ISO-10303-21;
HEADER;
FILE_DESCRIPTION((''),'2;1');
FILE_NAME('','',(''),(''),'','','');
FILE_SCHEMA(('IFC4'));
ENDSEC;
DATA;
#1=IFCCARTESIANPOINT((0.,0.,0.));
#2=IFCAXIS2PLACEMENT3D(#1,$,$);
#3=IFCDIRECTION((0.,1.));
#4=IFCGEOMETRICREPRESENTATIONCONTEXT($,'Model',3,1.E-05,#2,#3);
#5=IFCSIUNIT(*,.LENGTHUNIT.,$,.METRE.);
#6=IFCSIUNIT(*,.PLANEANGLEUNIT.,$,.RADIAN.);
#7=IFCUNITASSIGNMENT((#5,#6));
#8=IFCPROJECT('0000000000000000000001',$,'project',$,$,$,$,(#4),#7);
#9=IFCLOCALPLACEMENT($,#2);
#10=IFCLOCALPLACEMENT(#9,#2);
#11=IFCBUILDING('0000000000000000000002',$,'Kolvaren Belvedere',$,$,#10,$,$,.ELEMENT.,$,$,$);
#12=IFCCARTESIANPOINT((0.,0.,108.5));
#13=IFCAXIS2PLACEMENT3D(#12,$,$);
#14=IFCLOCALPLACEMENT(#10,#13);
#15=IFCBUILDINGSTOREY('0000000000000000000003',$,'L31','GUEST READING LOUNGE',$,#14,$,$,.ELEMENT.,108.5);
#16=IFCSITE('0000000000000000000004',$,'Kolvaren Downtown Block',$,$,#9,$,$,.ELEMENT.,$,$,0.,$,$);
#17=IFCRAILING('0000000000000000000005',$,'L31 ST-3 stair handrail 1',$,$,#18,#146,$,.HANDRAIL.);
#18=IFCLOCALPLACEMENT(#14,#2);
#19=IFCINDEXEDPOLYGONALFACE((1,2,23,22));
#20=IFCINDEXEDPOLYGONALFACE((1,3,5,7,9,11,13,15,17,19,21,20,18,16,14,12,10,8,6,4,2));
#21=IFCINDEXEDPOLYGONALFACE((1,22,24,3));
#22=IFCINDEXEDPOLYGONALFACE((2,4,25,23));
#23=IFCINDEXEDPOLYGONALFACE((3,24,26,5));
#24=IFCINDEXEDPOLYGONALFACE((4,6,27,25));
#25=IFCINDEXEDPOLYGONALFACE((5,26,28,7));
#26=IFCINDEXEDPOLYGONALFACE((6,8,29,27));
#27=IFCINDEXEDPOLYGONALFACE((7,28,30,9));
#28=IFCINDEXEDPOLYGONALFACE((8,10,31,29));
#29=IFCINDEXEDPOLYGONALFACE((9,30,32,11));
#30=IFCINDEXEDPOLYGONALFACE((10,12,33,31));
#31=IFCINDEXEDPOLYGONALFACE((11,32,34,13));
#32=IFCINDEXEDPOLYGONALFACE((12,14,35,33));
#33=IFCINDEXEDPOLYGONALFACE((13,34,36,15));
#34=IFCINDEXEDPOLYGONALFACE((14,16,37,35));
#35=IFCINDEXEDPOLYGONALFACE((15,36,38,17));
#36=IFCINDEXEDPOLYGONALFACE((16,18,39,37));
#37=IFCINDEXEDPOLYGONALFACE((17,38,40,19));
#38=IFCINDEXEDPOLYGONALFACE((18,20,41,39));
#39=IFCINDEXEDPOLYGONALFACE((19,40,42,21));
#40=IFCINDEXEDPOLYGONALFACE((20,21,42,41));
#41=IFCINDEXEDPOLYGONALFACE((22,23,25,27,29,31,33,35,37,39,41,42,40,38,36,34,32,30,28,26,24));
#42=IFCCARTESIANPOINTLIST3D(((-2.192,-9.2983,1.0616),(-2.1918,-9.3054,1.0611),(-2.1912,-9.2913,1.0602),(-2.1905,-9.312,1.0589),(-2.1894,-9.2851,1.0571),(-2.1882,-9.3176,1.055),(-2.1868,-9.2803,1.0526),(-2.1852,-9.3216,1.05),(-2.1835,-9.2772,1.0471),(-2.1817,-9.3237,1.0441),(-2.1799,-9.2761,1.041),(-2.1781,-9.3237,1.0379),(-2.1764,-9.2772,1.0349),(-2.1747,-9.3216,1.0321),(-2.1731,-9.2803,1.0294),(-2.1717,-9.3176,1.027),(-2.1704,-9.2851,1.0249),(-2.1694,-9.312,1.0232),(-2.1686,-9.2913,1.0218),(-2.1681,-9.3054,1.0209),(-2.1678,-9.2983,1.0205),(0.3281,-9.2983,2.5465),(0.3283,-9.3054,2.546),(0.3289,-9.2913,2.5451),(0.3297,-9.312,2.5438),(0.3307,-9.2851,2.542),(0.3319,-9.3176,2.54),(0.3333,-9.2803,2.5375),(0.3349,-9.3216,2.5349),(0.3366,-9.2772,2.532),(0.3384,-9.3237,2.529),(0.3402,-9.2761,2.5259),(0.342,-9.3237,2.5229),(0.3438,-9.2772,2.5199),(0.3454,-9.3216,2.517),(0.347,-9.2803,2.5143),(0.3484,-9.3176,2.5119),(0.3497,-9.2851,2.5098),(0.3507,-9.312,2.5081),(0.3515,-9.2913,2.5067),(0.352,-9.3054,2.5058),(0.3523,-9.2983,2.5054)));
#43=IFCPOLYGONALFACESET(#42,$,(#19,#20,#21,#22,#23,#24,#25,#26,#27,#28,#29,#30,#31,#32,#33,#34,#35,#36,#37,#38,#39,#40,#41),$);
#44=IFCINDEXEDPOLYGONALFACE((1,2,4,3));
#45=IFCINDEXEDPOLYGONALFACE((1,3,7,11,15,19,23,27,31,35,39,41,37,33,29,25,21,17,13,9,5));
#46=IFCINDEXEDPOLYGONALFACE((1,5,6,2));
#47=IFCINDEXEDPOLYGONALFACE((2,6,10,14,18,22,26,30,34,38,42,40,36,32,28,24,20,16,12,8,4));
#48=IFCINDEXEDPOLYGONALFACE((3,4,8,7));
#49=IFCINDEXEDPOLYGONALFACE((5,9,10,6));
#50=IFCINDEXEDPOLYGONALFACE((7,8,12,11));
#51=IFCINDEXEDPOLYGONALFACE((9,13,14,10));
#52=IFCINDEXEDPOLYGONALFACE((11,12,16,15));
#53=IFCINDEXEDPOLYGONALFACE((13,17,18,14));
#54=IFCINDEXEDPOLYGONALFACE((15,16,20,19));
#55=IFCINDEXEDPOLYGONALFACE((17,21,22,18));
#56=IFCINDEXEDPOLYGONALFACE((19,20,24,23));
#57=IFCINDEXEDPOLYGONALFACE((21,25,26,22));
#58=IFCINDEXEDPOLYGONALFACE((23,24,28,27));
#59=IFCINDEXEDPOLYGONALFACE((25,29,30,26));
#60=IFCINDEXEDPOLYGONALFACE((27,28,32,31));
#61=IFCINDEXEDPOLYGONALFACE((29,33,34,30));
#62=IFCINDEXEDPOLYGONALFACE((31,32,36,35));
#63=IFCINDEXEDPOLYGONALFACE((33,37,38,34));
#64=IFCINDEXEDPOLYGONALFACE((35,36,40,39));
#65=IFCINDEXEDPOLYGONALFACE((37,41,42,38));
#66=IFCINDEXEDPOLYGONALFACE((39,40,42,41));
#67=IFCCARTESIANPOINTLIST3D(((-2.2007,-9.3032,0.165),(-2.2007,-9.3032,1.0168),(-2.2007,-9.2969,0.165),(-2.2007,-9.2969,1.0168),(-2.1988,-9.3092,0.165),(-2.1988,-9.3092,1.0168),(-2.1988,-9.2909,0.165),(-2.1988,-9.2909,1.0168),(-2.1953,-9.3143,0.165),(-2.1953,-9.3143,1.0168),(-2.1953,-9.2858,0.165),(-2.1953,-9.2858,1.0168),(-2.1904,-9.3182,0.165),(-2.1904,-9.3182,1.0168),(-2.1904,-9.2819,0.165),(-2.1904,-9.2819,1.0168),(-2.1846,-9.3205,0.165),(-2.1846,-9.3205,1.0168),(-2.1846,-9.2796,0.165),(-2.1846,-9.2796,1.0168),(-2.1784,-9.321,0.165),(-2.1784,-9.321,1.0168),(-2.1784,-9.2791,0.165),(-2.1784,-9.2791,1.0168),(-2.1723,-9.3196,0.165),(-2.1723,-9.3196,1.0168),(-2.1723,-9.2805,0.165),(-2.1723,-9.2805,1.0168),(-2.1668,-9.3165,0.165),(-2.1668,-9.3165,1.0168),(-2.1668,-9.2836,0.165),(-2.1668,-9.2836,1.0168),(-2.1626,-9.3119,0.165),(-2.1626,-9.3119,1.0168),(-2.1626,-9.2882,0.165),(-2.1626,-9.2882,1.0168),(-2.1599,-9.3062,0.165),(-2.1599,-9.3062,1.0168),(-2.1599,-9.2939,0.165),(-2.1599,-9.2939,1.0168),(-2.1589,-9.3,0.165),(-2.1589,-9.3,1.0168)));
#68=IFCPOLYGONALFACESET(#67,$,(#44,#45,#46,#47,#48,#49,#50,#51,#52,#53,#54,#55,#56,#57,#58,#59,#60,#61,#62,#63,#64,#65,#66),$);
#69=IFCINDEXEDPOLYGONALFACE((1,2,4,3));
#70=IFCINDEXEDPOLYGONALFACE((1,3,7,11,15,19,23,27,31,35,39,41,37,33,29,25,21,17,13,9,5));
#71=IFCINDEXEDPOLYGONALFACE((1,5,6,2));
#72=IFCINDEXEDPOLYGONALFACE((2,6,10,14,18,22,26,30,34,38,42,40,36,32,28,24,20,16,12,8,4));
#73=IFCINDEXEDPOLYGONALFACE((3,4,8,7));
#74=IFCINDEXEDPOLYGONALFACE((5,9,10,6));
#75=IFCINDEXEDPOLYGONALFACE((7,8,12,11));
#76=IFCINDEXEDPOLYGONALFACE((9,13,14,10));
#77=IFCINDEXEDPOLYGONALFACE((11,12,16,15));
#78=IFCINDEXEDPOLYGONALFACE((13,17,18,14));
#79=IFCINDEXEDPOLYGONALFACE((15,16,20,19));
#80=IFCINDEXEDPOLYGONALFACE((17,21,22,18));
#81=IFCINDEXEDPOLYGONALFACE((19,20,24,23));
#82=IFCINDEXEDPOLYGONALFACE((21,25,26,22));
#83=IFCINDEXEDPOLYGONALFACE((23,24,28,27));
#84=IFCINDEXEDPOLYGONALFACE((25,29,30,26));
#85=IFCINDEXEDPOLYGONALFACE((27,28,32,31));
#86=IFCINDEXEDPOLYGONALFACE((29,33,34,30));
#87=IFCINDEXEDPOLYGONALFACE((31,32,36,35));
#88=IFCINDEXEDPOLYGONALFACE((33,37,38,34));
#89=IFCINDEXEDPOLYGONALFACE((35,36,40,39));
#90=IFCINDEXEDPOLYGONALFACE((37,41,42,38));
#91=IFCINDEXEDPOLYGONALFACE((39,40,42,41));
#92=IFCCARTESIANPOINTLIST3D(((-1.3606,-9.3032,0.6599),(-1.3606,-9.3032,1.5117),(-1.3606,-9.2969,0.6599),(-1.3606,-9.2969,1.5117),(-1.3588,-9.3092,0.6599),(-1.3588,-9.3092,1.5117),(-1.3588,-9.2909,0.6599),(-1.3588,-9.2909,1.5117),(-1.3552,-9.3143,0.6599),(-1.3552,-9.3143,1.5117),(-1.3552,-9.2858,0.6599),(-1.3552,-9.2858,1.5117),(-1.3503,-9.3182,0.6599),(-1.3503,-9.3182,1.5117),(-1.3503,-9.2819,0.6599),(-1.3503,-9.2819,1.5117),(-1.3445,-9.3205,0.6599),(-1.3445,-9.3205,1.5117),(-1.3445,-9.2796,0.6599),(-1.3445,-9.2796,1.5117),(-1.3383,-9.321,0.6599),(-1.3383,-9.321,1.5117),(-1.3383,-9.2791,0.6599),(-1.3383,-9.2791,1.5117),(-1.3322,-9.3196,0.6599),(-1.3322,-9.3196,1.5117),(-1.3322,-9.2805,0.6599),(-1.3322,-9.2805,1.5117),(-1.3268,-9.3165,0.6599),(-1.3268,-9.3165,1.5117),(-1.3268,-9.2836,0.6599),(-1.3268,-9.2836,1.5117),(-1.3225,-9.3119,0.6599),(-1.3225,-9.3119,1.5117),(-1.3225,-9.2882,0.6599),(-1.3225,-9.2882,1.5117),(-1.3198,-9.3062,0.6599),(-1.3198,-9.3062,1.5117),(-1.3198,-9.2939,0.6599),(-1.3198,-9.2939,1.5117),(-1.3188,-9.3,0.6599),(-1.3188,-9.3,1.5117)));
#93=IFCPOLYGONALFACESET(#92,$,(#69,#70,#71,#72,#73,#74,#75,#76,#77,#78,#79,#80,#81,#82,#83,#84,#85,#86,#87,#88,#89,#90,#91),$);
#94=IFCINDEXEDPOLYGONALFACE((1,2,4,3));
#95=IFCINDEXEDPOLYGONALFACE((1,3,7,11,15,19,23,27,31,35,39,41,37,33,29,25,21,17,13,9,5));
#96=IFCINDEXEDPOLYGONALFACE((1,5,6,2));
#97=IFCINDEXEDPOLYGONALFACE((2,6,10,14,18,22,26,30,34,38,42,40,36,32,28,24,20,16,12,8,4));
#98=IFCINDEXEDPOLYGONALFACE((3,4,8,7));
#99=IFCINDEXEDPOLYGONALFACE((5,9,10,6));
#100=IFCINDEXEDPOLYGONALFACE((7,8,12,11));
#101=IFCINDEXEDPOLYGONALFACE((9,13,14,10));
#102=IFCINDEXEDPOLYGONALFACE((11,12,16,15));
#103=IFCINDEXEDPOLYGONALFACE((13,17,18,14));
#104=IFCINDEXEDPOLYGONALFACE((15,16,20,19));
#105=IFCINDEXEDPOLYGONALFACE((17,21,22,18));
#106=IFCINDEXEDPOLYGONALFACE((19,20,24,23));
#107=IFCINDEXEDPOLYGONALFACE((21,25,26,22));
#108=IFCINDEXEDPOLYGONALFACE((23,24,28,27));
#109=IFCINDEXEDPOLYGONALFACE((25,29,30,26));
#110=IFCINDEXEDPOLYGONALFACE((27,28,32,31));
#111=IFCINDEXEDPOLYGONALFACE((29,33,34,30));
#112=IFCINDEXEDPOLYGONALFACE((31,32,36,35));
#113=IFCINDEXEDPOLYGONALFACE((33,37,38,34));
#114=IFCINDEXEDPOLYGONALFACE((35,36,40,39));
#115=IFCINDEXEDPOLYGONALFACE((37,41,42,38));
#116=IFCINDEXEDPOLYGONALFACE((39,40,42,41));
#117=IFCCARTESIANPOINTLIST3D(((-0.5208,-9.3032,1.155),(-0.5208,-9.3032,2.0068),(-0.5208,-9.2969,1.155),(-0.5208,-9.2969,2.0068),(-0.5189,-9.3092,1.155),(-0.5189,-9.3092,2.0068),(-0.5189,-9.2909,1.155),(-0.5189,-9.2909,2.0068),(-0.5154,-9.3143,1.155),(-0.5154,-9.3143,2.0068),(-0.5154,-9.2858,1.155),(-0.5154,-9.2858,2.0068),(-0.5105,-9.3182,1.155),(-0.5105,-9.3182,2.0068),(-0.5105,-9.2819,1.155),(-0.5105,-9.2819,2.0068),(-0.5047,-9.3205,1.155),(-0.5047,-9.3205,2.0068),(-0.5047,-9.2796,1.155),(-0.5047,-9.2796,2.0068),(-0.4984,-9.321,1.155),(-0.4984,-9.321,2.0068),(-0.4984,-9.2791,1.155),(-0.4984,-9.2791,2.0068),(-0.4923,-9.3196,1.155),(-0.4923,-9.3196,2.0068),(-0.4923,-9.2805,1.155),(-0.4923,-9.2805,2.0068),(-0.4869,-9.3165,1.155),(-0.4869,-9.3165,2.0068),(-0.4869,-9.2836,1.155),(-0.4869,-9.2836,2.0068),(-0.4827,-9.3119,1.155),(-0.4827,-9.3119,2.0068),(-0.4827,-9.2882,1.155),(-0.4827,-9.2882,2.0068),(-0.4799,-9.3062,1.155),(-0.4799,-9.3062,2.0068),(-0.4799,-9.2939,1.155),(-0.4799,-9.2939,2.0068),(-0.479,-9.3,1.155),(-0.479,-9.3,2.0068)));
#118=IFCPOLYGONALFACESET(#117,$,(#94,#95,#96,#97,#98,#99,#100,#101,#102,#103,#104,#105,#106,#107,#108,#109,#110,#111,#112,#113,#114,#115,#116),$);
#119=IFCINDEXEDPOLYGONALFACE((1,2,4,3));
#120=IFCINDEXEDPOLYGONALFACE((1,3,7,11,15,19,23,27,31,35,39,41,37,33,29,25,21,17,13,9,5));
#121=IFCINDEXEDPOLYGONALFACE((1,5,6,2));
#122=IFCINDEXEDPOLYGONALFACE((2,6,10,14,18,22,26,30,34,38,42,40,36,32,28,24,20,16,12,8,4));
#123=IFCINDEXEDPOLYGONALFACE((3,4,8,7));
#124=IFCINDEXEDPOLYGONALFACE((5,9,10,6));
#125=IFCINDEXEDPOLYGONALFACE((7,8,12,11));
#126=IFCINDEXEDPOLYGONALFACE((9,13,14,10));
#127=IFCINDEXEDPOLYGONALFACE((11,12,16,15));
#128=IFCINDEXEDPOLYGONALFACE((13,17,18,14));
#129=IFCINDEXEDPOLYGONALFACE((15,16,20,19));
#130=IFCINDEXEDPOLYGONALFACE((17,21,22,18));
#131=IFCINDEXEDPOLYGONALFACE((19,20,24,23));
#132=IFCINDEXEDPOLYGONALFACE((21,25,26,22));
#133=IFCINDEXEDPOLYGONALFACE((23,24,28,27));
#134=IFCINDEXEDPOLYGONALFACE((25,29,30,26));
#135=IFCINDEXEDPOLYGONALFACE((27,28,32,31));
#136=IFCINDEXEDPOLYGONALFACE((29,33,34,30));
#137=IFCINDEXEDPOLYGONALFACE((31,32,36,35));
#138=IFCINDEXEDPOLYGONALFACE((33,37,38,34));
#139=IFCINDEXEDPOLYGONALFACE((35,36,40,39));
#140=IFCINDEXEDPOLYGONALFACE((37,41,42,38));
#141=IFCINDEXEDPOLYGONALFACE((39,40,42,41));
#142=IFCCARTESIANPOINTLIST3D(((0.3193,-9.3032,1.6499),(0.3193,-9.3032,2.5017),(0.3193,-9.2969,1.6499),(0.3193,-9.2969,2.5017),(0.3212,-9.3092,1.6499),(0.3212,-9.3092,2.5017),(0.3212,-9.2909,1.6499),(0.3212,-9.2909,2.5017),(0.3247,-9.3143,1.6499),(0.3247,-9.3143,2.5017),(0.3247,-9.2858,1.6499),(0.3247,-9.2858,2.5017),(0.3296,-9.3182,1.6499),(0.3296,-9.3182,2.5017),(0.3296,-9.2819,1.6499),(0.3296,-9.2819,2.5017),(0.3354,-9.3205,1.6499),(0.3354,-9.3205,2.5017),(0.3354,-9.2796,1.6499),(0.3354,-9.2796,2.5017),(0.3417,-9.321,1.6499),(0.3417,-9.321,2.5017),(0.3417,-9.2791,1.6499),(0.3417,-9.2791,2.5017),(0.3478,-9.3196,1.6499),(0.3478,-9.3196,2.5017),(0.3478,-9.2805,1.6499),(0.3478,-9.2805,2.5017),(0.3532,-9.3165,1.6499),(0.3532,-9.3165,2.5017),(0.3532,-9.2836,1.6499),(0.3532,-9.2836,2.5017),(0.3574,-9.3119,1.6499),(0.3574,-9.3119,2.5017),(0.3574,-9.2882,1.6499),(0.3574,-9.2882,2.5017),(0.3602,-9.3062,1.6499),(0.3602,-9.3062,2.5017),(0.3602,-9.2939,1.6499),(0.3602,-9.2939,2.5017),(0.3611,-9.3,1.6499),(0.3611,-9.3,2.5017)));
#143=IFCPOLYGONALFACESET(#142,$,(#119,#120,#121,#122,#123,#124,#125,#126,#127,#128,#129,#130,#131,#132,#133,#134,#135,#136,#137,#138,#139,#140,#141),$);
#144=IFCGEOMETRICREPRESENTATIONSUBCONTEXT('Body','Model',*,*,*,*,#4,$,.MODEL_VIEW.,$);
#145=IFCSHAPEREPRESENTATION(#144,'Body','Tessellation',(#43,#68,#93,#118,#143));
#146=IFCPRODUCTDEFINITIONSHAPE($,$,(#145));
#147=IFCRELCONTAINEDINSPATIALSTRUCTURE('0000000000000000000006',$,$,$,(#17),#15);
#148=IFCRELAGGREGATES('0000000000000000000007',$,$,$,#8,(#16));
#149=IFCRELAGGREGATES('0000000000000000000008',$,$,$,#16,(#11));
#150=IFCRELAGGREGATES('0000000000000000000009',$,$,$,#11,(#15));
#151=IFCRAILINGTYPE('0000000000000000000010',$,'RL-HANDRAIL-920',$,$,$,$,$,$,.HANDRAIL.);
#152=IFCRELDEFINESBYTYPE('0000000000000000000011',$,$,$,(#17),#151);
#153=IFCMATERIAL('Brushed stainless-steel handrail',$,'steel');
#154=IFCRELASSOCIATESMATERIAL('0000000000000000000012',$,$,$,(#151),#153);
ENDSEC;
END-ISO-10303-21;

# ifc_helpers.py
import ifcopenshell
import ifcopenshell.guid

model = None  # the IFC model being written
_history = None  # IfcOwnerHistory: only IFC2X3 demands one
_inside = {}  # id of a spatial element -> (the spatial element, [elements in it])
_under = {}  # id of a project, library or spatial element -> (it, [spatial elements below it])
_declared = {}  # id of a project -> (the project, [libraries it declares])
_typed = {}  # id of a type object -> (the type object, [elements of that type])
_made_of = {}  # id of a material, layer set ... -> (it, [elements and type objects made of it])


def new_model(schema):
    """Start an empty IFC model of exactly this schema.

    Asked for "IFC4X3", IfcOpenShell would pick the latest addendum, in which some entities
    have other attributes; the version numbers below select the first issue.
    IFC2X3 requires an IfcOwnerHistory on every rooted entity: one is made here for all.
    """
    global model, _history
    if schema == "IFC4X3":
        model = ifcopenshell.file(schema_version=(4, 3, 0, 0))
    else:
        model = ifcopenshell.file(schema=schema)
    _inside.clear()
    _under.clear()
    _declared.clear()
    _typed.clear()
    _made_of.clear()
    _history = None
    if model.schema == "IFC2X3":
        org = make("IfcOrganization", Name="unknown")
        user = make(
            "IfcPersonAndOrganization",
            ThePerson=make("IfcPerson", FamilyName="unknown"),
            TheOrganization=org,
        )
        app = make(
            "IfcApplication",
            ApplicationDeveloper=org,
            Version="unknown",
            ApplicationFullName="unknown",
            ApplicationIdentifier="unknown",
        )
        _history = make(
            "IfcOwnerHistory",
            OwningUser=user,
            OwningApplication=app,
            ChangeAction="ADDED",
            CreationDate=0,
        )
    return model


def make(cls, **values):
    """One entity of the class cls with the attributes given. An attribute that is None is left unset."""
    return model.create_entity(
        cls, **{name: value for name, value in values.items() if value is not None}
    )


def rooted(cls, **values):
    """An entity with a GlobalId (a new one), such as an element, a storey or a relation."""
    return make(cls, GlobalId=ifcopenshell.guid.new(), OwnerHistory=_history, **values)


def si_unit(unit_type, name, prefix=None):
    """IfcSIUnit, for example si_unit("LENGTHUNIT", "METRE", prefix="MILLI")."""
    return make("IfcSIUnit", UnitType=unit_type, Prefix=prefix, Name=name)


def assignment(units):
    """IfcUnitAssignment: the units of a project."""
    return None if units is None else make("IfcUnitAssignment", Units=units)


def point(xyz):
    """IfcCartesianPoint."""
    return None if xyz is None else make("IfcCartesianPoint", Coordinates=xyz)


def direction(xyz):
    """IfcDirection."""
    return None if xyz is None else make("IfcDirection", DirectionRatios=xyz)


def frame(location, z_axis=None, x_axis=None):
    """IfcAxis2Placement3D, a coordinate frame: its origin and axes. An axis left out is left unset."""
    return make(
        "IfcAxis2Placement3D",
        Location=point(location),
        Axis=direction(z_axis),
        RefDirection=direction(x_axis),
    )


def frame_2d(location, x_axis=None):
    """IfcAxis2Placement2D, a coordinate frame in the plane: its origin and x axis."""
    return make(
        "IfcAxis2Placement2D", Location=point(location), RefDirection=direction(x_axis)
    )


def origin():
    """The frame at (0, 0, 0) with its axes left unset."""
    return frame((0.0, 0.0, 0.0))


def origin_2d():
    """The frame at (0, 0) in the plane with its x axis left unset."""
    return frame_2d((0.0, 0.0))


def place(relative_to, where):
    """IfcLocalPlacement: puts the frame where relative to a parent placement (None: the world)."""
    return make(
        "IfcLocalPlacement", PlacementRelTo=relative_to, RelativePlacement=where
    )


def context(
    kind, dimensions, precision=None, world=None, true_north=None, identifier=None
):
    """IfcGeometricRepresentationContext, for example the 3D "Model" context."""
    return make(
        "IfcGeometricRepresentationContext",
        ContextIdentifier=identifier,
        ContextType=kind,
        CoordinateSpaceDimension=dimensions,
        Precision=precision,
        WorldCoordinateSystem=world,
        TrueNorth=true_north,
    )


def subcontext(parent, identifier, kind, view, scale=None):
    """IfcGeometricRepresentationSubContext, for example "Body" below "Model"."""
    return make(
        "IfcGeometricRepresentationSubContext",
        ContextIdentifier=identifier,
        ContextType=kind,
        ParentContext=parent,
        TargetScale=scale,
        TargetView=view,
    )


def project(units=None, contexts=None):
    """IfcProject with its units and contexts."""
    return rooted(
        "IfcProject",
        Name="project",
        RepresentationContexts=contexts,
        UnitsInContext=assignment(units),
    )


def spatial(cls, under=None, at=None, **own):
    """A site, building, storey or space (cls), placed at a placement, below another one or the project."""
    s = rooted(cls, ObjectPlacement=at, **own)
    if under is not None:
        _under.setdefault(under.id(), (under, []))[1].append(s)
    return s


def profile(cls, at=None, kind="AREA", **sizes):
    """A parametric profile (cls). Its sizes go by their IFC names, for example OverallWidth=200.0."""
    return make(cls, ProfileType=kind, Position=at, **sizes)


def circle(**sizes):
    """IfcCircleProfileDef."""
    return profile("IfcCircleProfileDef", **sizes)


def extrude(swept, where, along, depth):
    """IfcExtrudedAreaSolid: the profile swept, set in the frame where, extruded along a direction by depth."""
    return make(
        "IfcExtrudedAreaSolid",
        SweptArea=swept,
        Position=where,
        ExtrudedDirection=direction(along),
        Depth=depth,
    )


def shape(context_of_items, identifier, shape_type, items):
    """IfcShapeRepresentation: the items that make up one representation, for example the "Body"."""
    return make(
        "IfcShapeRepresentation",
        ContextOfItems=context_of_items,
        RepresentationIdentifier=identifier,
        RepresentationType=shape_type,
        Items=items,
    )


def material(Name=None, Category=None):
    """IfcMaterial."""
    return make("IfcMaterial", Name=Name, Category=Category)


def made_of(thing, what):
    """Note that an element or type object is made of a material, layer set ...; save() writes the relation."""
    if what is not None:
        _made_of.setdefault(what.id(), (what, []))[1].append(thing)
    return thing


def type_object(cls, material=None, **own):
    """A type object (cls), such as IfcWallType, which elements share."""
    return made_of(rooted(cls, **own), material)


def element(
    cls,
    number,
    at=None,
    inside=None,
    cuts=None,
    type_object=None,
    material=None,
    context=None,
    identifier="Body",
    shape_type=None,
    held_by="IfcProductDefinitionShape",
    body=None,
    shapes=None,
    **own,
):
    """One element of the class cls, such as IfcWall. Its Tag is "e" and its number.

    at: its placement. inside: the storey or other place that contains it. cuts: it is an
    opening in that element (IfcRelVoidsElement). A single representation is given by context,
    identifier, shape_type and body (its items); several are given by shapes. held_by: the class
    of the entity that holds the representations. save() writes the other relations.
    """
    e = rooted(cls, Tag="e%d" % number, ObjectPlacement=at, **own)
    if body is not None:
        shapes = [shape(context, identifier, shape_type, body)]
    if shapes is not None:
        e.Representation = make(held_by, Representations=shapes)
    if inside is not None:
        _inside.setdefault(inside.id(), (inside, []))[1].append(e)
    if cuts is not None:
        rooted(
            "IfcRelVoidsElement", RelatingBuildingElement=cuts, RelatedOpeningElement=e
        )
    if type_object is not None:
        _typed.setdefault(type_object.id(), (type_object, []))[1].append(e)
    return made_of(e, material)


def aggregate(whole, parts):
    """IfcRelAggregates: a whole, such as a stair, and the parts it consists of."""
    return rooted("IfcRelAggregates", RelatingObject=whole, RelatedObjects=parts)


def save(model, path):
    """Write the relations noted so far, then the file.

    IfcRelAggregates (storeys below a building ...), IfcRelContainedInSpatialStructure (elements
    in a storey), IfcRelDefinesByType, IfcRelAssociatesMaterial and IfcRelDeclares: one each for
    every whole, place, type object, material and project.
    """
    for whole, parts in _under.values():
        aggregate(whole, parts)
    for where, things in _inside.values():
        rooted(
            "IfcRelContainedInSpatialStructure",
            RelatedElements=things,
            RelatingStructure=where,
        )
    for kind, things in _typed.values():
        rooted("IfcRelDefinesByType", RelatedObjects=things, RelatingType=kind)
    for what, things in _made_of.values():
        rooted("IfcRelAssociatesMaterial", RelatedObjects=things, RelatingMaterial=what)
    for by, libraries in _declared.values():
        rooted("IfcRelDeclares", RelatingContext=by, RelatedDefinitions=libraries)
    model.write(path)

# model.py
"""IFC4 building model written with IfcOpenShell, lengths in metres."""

from ifc_helpers import new_model, si_unit, direction, frame, origin, origin_2d, place, context, subcontext, project, spatial, circle, extrude, material, type_object, element, save


model = new_model("IFC4")

# Units and contexts
model_context = context("Model", 3, precision=1e-05, world=origin(), true_north=direction((0.0, 1.0)))
body_context = subcontext(model_context, "Body", "Model", "MODEL_VIEW")
ifc_project = project(units=[si_unit("LENGTHUNIT", "METRE"), si_unit("PLANEANGLEUNIT", "RADIAN")], contexts=[model_context])

# Site, building, storey
site_placement = place(None, origin())
site = spatial("IfcSite", under=ifc_project, at=site_placement, Name="Kolvaren Downtown Block", CompositionType="ELEMENT", RefElevation=0.0)
building_placement = place(site_placement, origin())
building = spatial("IfcBuilding", under=site, at=building_placement, Name="Kolvaren Belvedere", CompositionType="ELEMENT")
storey_placement = place(building_placement, frame((0.0, 0.0, 108.5)))
storey = spatial("IfcBuildingStorey", under=building, at=storey_placement, Name="L31", Description="GUEST READING LOUNGE", CompositionType="ELEMENT", Elevation=108.5)

# Railing
ifc_material_1 = material(Name="Brushed stainless-steel handrail", Category="steel")
railing_type_1 = type_object("IfcRailingType", Name="RL-HANDRAIL-920", PredefinedType="HANDRAIL", material=ifc_material_1)
railing_1_placement = place(storey_placement, frame((-2.1799, -9.3, 0.165)))
element("IfcRailing", 1, at=railing_1_placement, inside=storey, type_object=railing_type_1, Name="L31 ST-3 stair handrail 1", PredefinedType="HANDRAIL", context=body_context, shape_type="SweptSolid", body=[
    extrude(circle(Radius=0.0239, at=origin_2d()), frame((0.0, 0.0, 0.876), z_axis=(0.861561, 0.0, 0.507655), x_axis=(0.0, 1.0, 0.0)), (0.0, 0.0, 1.0), 2.925),
    extrude(circle(Radius=0.021, at=origin_2d()), origin(), (0.0, 0.0, 1.0), 0.8518),
    extrude(circle(Radius=0.021, at=origin_2d()), frame((0.8401, 0.0, 0.4949)), (0.0, 0.0, 1.0), 0.8518),
    extrude(circle(Radius=0.021, at=origin_2d()), frame((1.6799, 0.0, 0.99)), (0.0, 0.0, 1.0), 0.8518),
    extrude(circle(Radius=0.021, at=origin_2d()), frame((2.52, 0.0, 1.4849)), (0.0, 0.0, 1.0), 0.8518),
])

save(model, "model.ifc")
